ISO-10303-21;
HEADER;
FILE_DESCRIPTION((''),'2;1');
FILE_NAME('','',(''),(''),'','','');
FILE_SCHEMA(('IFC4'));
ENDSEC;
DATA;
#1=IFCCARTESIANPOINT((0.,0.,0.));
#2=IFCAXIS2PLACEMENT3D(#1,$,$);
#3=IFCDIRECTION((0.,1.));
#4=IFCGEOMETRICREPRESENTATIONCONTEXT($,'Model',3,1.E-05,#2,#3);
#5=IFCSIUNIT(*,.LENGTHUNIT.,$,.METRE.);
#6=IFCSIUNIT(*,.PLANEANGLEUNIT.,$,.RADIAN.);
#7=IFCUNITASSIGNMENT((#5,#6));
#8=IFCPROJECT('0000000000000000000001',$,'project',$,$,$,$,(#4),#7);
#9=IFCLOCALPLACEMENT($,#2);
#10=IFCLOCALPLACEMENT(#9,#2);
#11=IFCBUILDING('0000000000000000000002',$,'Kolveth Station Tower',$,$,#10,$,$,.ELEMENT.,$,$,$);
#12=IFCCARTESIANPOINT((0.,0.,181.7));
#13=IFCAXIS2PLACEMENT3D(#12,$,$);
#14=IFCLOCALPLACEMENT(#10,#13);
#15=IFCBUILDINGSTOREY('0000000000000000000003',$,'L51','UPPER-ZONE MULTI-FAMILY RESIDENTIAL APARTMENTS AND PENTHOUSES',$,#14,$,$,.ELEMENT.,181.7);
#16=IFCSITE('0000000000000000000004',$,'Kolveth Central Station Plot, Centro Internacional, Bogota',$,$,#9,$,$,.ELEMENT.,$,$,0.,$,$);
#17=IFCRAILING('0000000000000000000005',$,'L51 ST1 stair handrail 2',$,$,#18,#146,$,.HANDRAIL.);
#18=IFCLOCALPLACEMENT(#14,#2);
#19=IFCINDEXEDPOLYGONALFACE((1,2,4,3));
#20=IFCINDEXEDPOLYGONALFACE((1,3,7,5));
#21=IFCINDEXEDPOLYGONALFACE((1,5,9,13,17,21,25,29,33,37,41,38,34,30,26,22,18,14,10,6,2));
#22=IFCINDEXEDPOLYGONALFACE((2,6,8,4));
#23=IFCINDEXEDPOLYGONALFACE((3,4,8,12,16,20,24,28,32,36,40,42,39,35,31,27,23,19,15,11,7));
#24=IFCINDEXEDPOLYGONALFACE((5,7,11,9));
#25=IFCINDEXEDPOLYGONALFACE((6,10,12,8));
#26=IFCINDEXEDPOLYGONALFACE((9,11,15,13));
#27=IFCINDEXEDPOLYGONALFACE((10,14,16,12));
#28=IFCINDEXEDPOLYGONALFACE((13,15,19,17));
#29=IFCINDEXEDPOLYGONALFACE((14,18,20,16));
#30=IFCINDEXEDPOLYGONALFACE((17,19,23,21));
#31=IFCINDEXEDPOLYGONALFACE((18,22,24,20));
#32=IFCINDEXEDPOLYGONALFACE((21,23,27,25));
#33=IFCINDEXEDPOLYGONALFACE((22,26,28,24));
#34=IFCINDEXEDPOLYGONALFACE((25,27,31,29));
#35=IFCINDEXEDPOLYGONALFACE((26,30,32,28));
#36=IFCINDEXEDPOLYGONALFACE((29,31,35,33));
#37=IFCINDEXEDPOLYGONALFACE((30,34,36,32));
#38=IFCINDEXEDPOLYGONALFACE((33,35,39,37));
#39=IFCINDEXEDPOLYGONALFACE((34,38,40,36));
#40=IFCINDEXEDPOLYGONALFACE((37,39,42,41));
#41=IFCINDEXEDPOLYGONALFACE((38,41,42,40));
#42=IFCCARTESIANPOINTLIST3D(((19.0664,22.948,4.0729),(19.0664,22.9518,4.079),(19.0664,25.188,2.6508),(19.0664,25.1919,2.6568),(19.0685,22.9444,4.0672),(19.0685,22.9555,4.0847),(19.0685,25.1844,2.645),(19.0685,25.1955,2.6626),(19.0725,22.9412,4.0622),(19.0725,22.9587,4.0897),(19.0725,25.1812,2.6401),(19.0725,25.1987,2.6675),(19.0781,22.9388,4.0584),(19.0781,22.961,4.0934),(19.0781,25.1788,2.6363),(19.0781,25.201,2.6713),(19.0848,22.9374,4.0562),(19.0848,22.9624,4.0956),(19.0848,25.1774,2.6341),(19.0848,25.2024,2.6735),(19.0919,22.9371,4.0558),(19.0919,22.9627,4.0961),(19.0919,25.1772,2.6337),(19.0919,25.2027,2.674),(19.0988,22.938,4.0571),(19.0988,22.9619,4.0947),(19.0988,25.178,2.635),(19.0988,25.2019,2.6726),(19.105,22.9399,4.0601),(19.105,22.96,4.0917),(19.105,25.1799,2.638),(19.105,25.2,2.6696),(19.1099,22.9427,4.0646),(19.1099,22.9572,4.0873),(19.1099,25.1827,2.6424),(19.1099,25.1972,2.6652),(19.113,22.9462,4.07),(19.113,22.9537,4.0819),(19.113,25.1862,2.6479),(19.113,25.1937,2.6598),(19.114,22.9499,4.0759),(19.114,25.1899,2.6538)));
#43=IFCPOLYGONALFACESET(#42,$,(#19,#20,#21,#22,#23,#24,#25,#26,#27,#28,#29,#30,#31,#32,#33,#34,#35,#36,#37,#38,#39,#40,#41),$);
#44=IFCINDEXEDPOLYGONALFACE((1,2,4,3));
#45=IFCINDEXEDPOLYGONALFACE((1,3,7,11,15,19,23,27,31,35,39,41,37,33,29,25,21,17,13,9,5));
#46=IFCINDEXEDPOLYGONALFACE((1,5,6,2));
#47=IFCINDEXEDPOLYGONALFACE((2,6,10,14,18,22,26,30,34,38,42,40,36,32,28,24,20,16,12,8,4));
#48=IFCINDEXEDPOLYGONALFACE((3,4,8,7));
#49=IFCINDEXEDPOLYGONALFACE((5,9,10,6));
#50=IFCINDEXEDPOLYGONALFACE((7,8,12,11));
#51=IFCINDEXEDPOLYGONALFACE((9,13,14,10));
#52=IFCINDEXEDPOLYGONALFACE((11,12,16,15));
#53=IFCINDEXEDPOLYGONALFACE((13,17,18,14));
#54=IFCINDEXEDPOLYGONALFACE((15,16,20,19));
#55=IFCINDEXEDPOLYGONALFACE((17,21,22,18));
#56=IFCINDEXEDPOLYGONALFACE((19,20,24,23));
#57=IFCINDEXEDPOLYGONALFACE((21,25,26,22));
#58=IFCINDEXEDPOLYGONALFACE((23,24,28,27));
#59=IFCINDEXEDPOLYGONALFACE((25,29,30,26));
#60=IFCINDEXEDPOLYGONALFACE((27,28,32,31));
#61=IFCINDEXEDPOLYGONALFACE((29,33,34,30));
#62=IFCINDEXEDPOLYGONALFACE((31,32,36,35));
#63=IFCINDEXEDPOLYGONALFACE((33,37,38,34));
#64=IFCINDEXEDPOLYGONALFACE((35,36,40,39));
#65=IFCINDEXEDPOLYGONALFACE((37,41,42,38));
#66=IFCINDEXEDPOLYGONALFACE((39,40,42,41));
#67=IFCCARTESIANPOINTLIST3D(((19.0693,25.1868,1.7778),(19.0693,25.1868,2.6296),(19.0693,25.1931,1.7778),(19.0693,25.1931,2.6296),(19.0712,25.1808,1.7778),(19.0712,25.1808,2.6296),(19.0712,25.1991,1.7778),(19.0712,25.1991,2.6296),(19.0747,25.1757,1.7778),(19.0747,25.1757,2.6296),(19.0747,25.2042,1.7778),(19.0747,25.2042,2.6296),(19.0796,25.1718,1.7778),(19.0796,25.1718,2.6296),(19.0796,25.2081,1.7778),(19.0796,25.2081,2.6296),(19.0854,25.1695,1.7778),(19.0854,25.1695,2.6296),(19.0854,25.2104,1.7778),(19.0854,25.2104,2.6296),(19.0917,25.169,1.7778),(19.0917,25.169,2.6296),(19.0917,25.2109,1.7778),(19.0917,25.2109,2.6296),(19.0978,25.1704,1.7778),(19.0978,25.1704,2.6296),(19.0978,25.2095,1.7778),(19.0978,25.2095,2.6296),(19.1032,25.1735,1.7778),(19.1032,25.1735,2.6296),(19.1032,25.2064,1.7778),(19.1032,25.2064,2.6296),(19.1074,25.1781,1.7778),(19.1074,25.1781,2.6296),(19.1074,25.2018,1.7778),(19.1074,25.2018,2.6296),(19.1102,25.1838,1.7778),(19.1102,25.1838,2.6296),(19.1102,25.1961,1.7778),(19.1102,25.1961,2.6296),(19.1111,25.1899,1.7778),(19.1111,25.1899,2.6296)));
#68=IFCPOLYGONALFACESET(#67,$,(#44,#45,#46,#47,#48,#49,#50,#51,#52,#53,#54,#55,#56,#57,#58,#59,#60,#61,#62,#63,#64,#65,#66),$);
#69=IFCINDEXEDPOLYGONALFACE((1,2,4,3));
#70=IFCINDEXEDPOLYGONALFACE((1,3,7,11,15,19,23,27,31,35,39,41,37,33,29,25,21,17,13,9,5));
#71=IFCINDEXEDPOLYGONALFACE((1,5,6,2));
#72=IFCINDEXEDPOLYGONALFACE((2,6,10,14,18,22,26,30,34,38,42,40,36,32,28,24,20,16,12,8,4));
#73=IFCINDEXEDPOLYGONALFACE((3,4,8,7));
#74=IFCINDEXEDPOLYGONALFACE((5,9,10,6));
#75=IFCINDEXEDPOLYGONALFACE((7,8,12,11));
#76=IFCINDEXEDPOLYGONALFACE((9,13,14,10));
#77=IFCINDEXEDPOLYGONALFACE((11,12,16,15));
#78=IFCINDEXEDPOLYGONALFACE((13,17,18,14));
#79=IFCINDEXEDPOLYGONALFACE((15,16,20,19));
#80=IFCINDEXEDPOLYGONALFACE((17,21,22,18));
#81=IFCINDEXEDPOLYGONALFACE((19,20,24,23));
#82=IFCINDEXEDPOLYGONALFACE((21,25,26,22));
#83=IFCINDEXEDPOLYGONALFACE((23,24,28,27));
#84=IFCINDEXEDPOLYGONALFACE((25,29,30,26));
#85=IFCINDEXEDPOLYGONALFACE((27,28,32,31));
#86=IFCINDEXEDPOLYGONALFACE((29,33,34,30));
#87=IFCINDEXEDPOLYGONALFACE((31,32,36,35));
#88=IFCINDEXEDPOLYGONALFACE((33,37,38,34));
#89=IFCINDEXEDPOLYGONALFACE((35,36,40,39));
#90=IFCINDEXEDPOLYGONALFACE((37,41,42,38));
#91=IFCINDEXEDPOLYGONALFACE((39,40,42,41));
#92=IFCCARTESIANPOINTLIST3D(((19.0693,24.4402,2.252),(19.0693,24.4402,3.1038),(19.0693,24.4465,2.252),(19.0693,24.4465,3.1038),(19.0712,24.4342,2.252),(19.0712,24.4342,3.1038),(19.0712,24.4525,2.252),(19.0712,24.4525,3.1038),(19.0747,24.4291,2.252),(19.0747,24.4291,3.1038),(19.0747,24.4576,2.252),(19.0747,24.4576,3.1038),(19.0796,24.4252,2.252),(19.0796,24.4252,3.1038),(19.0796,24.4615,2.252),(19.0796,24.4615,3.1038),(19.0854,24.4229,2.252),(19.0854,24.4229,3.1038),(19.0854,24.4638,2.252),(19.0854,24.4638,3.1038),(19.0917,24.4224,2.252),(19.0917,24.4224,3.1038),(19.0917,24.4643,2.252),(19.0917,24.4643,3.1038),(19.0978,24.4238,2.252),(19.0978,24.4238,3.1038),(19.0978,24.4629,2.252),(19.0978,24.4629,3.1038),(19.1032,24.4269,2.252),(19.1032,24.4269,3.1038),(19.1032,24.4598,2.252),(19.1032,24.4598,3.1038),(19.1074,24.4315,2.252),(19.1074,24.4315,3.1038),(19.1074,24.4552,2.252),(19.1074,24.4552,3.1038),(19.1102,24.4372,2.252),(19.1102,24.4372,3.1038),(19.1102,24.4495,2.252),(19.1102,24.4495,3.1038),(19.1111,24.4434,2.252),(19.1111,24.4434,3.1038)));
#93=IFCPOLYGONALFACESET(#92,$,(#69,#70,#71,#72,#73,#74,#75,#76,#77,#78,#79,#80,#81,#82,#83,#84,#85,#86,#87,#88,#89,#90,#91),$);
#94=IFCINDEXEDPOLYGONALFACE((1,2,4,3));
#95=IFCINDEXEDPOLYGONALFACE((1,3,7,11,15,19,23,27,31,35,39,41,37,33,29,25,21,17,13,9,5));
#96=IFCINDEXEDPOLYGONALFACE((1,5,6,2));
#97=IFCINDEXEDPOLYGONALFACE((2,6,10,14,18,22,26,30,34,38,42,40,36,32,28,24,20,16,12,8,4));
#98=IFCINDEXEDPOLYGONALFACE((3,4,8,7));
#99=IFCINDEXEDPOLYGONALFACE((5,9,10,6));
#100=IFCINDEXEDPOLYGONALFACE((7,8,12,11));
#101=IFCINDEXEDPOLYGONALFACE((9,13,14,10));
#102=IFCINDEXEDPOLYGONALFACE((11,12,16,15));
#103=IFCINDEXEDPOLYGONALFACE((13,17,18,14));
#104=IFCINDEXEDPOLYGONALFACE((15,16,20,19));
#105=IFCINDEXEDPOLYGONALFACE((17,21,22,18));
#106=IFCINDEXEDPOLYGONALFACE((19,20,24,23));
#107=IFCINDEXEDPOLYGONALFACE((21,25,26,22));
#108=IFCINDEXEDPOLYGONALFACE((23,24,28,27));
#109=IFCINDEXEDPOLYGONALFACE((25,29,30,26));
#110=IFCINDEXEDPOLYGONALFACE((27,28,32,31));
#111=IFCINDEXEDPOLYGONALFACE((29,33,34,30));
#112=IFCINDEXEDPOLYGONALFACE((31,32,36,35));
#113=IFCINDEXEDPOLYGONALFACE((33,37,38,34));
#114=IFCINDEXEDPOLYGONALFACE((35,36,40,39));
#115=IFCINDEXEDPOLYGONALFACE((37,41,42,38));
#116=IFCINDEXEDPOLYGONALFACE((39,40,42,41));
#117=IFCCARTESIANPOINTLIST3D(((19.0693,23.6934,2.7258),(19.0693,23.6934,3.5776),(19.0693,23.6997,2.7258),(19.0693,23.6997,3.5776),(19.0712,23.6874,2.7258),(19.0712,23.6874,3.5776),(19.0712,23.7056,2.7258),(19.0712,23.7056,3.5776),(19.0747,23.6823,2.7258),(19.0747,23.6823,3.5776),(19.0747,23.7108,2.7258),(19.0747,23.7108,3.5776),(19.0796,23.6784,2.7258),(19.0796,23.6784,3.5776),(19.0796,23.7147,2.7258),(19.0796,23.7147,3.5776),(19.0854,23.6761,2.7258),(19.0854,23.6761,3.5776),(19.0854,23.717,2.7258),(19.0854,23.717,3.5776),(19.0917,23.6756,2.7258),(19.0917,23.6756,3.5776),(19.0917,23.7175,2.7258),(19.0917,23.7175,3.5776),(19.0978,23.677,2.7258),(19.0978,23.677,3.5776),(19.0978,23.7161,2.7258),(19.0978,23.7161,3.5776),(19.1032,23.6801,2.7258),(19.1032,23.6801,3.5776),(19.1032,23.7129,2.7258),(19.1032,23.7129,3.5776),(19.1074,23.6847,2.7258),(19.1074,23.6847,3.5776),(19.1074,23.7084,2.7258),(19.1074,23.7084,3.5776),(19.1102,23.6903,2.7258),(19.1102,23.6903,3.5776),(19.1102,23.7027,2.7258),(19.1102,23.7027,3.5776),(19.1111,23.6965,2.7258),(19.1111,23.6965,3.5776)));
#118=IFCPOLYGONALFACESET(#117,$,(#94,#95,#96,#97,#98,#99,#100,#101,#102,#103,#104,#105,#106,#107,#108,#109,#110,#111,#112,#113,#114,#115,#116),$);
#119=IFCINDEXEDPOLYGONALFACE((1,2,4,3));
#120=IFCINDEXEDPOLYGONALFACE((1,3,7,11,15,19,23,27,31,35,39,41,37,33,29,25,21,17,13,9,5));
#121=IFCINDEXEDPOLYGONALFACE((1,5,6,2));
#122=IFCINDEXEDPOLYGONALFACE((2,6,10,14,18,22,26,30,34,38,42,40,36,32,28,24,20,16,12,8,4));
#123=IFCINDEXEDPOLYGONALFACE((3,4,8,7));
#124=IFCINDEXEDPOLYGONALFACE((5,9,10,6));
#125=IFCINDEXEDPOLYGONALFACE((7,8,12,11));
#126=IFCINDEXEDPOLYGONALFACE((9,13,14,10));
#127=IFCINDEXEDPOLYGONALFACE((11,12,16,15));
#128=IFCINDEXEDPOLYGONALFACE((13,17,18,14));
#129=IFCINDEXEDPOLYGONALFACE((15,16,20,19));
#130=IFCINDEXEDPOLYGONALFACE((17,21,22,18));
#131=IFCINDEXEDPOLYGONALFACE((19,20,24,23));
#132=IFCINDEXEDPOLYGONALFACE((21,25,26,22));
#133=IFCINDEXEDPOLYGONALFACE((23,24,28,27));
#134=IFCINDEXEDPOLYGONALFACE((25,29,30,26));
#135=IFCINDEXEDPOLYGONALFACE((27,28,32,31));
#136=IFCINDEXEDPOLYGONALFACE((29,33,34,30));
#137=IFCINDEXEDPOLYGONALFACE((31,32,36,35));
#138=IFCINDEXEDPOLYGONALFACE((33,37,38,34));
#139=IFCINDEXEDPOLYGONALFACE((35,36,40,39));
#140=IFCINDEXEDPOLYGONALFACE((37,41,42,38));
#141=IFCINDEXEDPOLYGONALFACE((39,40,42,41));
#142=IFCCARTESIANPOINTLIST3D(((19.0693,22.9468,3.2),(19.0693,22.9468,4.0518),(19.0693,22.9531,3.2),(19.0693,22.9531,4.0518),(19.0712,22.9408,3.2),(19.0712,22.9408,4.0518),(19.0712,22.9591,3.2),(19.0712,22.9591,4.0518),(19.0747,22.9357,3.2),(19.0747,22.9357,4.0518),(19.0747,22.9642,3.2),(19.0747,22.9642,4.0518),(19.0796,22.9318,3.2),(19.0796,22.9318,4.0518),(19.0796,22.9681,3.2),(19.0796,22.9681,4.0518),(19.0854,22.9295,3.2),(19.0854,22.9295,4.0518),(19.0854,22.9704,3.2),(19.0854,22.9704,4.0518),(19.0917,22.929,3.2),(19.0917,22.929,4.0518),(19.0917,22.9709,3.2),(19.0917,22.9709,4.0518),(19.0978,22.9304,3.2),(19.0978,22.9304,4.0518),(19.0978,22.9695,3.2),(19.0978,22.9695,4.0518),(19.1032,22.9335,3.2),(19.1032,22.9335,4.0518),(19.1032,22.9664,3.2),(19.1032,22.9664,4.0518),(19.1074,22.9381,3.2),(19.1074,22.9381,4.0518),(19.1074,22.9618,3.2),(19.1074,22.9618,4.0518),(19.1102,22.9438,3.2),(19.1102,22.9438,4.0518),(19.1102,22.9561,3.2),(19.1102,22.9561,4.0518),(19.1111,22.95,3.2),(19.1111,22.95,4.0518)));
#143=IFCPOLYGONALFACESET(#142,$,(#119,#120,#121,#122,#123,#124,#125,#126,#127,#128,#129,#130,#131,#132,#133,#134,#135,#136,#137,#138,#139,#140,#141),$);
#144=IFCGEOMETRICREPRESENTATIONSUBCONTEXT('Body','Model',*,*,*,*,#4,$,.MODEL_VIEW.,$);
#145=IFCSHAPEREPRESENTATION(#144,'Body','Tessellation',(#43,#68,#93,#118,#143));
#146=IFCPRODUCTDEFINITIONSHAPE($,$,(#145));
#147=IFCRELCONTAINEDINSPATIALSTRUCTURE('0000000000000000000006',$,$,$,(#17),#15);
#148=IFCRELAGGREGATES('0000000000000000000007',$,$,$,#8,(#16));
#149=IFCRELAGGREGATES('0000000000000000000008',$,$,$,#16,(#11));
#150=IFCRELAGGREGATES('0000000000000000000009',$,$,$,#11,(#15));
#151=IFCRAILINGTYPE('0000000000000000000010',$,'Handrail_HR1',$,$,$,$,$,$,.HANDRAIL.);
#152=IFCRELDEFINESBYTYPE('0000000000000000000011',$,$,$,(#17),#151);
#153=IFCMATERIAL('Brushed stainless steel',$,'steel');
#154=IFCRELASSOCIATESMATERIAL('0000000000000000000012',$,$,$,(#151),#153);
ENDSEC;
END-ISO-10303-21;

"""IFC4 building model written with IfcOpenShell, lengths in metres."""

from ifc_helpers import new_model, si_unit, direction, frame, origin, origin_2d, place, context, subcontext, project, spatial, circle, extrude, material, type_object, element, save


model = new_model("IFC4")

# Units and contexts
model_context = context("Model", 3, precision=1e-05, world=origin(), true_north=direction((0.0, 1.0)))
body_context = subcontext(model_context, "Body", "Model", "MODEL_VIEW")
ifc_project = project(units=[si_unit("LENGTHUNIT", "METRE"), si_unit("PLANEANGLEUNIT", "RADIAN")], contexts=[model_context])

# Site, building, storey
site_placement = place(None, origin())
site = spatial("IfcSite", under=ifc_project, at=site_placement, Name="Kolveth Central Station Plot, Centro Internacional, Bogota", CompositionType="ELEMENT", RefElevation=0.0)
building_placement = place(site_placement, origin())
building = spatial("IfcBuilding", under=site, at=building_placement, Name="Kolveth Station Tower", CompositionType="ELEMENT")
storey_placement = place(building_placement, frame((0.0, 0.0, 181.7)))
storey = spatial("IfcBuildingStorey", under=building, at=storey_placement, Name="L51", Description="UPPER-ZONE MULTI-FAMILY RESIDENTIAL APARTMENTS AND PENTHOUSES", CompositionType="ELEMENT", Elevation=181.7)

# Railing
ifc_material_1 = material(Name="Brushed stainless steel", Category="steel")
railing_type_1 = type_object("IfcRailingType", Name="Handrail_HR1", PredefinedType="HANDRAIL", material=ifc_material_1)
railing_1_placement = place(storey_placement, frame((19.0901, 25.1899, 1.7778)))
element("IfcRailing", 1, at=railing_1_placement, inside=storey, type_object=railing_type_1, Name="L51 ST1 stair handrail 2", PredefinedType="HANDRAIL", context=body_context, shape_type="SweptSolid", body=[
    extrude(circle(Radius=0.0239, at=origin_2d()), frame((0.0, 0.0, 0.876), z_axis=(0.0, -0.844229, 0.535982), x_axis=(1.0, 0.0, 0.0)), (0.0, 0.0, 1.0), 2.6533),
    extrude(circle(Radius=0.021, at=origin_2d()), origin(), (0.0, 0.0, 1.0), 0.8518),
    extrude(circle(Radius=0.021, at=origin_2d()), frame((0.0, -0.7466, 0.4741)), (0.0, 0.0, 1.0), 0.8518),
    extrude(circle(Radius=0.021, at=origin_2d()), frame((0.0, -1.4934, 0.948)), (0.0, 0.0, 1.0), 0.8518),
    extrude(circle(Radius=0.021, at=origin_2d()), frame((0.0, -2.24, 1.4221)), (0.0, 0.0, 1.0), 0.8518),
])

save(model, "model.ifc")
